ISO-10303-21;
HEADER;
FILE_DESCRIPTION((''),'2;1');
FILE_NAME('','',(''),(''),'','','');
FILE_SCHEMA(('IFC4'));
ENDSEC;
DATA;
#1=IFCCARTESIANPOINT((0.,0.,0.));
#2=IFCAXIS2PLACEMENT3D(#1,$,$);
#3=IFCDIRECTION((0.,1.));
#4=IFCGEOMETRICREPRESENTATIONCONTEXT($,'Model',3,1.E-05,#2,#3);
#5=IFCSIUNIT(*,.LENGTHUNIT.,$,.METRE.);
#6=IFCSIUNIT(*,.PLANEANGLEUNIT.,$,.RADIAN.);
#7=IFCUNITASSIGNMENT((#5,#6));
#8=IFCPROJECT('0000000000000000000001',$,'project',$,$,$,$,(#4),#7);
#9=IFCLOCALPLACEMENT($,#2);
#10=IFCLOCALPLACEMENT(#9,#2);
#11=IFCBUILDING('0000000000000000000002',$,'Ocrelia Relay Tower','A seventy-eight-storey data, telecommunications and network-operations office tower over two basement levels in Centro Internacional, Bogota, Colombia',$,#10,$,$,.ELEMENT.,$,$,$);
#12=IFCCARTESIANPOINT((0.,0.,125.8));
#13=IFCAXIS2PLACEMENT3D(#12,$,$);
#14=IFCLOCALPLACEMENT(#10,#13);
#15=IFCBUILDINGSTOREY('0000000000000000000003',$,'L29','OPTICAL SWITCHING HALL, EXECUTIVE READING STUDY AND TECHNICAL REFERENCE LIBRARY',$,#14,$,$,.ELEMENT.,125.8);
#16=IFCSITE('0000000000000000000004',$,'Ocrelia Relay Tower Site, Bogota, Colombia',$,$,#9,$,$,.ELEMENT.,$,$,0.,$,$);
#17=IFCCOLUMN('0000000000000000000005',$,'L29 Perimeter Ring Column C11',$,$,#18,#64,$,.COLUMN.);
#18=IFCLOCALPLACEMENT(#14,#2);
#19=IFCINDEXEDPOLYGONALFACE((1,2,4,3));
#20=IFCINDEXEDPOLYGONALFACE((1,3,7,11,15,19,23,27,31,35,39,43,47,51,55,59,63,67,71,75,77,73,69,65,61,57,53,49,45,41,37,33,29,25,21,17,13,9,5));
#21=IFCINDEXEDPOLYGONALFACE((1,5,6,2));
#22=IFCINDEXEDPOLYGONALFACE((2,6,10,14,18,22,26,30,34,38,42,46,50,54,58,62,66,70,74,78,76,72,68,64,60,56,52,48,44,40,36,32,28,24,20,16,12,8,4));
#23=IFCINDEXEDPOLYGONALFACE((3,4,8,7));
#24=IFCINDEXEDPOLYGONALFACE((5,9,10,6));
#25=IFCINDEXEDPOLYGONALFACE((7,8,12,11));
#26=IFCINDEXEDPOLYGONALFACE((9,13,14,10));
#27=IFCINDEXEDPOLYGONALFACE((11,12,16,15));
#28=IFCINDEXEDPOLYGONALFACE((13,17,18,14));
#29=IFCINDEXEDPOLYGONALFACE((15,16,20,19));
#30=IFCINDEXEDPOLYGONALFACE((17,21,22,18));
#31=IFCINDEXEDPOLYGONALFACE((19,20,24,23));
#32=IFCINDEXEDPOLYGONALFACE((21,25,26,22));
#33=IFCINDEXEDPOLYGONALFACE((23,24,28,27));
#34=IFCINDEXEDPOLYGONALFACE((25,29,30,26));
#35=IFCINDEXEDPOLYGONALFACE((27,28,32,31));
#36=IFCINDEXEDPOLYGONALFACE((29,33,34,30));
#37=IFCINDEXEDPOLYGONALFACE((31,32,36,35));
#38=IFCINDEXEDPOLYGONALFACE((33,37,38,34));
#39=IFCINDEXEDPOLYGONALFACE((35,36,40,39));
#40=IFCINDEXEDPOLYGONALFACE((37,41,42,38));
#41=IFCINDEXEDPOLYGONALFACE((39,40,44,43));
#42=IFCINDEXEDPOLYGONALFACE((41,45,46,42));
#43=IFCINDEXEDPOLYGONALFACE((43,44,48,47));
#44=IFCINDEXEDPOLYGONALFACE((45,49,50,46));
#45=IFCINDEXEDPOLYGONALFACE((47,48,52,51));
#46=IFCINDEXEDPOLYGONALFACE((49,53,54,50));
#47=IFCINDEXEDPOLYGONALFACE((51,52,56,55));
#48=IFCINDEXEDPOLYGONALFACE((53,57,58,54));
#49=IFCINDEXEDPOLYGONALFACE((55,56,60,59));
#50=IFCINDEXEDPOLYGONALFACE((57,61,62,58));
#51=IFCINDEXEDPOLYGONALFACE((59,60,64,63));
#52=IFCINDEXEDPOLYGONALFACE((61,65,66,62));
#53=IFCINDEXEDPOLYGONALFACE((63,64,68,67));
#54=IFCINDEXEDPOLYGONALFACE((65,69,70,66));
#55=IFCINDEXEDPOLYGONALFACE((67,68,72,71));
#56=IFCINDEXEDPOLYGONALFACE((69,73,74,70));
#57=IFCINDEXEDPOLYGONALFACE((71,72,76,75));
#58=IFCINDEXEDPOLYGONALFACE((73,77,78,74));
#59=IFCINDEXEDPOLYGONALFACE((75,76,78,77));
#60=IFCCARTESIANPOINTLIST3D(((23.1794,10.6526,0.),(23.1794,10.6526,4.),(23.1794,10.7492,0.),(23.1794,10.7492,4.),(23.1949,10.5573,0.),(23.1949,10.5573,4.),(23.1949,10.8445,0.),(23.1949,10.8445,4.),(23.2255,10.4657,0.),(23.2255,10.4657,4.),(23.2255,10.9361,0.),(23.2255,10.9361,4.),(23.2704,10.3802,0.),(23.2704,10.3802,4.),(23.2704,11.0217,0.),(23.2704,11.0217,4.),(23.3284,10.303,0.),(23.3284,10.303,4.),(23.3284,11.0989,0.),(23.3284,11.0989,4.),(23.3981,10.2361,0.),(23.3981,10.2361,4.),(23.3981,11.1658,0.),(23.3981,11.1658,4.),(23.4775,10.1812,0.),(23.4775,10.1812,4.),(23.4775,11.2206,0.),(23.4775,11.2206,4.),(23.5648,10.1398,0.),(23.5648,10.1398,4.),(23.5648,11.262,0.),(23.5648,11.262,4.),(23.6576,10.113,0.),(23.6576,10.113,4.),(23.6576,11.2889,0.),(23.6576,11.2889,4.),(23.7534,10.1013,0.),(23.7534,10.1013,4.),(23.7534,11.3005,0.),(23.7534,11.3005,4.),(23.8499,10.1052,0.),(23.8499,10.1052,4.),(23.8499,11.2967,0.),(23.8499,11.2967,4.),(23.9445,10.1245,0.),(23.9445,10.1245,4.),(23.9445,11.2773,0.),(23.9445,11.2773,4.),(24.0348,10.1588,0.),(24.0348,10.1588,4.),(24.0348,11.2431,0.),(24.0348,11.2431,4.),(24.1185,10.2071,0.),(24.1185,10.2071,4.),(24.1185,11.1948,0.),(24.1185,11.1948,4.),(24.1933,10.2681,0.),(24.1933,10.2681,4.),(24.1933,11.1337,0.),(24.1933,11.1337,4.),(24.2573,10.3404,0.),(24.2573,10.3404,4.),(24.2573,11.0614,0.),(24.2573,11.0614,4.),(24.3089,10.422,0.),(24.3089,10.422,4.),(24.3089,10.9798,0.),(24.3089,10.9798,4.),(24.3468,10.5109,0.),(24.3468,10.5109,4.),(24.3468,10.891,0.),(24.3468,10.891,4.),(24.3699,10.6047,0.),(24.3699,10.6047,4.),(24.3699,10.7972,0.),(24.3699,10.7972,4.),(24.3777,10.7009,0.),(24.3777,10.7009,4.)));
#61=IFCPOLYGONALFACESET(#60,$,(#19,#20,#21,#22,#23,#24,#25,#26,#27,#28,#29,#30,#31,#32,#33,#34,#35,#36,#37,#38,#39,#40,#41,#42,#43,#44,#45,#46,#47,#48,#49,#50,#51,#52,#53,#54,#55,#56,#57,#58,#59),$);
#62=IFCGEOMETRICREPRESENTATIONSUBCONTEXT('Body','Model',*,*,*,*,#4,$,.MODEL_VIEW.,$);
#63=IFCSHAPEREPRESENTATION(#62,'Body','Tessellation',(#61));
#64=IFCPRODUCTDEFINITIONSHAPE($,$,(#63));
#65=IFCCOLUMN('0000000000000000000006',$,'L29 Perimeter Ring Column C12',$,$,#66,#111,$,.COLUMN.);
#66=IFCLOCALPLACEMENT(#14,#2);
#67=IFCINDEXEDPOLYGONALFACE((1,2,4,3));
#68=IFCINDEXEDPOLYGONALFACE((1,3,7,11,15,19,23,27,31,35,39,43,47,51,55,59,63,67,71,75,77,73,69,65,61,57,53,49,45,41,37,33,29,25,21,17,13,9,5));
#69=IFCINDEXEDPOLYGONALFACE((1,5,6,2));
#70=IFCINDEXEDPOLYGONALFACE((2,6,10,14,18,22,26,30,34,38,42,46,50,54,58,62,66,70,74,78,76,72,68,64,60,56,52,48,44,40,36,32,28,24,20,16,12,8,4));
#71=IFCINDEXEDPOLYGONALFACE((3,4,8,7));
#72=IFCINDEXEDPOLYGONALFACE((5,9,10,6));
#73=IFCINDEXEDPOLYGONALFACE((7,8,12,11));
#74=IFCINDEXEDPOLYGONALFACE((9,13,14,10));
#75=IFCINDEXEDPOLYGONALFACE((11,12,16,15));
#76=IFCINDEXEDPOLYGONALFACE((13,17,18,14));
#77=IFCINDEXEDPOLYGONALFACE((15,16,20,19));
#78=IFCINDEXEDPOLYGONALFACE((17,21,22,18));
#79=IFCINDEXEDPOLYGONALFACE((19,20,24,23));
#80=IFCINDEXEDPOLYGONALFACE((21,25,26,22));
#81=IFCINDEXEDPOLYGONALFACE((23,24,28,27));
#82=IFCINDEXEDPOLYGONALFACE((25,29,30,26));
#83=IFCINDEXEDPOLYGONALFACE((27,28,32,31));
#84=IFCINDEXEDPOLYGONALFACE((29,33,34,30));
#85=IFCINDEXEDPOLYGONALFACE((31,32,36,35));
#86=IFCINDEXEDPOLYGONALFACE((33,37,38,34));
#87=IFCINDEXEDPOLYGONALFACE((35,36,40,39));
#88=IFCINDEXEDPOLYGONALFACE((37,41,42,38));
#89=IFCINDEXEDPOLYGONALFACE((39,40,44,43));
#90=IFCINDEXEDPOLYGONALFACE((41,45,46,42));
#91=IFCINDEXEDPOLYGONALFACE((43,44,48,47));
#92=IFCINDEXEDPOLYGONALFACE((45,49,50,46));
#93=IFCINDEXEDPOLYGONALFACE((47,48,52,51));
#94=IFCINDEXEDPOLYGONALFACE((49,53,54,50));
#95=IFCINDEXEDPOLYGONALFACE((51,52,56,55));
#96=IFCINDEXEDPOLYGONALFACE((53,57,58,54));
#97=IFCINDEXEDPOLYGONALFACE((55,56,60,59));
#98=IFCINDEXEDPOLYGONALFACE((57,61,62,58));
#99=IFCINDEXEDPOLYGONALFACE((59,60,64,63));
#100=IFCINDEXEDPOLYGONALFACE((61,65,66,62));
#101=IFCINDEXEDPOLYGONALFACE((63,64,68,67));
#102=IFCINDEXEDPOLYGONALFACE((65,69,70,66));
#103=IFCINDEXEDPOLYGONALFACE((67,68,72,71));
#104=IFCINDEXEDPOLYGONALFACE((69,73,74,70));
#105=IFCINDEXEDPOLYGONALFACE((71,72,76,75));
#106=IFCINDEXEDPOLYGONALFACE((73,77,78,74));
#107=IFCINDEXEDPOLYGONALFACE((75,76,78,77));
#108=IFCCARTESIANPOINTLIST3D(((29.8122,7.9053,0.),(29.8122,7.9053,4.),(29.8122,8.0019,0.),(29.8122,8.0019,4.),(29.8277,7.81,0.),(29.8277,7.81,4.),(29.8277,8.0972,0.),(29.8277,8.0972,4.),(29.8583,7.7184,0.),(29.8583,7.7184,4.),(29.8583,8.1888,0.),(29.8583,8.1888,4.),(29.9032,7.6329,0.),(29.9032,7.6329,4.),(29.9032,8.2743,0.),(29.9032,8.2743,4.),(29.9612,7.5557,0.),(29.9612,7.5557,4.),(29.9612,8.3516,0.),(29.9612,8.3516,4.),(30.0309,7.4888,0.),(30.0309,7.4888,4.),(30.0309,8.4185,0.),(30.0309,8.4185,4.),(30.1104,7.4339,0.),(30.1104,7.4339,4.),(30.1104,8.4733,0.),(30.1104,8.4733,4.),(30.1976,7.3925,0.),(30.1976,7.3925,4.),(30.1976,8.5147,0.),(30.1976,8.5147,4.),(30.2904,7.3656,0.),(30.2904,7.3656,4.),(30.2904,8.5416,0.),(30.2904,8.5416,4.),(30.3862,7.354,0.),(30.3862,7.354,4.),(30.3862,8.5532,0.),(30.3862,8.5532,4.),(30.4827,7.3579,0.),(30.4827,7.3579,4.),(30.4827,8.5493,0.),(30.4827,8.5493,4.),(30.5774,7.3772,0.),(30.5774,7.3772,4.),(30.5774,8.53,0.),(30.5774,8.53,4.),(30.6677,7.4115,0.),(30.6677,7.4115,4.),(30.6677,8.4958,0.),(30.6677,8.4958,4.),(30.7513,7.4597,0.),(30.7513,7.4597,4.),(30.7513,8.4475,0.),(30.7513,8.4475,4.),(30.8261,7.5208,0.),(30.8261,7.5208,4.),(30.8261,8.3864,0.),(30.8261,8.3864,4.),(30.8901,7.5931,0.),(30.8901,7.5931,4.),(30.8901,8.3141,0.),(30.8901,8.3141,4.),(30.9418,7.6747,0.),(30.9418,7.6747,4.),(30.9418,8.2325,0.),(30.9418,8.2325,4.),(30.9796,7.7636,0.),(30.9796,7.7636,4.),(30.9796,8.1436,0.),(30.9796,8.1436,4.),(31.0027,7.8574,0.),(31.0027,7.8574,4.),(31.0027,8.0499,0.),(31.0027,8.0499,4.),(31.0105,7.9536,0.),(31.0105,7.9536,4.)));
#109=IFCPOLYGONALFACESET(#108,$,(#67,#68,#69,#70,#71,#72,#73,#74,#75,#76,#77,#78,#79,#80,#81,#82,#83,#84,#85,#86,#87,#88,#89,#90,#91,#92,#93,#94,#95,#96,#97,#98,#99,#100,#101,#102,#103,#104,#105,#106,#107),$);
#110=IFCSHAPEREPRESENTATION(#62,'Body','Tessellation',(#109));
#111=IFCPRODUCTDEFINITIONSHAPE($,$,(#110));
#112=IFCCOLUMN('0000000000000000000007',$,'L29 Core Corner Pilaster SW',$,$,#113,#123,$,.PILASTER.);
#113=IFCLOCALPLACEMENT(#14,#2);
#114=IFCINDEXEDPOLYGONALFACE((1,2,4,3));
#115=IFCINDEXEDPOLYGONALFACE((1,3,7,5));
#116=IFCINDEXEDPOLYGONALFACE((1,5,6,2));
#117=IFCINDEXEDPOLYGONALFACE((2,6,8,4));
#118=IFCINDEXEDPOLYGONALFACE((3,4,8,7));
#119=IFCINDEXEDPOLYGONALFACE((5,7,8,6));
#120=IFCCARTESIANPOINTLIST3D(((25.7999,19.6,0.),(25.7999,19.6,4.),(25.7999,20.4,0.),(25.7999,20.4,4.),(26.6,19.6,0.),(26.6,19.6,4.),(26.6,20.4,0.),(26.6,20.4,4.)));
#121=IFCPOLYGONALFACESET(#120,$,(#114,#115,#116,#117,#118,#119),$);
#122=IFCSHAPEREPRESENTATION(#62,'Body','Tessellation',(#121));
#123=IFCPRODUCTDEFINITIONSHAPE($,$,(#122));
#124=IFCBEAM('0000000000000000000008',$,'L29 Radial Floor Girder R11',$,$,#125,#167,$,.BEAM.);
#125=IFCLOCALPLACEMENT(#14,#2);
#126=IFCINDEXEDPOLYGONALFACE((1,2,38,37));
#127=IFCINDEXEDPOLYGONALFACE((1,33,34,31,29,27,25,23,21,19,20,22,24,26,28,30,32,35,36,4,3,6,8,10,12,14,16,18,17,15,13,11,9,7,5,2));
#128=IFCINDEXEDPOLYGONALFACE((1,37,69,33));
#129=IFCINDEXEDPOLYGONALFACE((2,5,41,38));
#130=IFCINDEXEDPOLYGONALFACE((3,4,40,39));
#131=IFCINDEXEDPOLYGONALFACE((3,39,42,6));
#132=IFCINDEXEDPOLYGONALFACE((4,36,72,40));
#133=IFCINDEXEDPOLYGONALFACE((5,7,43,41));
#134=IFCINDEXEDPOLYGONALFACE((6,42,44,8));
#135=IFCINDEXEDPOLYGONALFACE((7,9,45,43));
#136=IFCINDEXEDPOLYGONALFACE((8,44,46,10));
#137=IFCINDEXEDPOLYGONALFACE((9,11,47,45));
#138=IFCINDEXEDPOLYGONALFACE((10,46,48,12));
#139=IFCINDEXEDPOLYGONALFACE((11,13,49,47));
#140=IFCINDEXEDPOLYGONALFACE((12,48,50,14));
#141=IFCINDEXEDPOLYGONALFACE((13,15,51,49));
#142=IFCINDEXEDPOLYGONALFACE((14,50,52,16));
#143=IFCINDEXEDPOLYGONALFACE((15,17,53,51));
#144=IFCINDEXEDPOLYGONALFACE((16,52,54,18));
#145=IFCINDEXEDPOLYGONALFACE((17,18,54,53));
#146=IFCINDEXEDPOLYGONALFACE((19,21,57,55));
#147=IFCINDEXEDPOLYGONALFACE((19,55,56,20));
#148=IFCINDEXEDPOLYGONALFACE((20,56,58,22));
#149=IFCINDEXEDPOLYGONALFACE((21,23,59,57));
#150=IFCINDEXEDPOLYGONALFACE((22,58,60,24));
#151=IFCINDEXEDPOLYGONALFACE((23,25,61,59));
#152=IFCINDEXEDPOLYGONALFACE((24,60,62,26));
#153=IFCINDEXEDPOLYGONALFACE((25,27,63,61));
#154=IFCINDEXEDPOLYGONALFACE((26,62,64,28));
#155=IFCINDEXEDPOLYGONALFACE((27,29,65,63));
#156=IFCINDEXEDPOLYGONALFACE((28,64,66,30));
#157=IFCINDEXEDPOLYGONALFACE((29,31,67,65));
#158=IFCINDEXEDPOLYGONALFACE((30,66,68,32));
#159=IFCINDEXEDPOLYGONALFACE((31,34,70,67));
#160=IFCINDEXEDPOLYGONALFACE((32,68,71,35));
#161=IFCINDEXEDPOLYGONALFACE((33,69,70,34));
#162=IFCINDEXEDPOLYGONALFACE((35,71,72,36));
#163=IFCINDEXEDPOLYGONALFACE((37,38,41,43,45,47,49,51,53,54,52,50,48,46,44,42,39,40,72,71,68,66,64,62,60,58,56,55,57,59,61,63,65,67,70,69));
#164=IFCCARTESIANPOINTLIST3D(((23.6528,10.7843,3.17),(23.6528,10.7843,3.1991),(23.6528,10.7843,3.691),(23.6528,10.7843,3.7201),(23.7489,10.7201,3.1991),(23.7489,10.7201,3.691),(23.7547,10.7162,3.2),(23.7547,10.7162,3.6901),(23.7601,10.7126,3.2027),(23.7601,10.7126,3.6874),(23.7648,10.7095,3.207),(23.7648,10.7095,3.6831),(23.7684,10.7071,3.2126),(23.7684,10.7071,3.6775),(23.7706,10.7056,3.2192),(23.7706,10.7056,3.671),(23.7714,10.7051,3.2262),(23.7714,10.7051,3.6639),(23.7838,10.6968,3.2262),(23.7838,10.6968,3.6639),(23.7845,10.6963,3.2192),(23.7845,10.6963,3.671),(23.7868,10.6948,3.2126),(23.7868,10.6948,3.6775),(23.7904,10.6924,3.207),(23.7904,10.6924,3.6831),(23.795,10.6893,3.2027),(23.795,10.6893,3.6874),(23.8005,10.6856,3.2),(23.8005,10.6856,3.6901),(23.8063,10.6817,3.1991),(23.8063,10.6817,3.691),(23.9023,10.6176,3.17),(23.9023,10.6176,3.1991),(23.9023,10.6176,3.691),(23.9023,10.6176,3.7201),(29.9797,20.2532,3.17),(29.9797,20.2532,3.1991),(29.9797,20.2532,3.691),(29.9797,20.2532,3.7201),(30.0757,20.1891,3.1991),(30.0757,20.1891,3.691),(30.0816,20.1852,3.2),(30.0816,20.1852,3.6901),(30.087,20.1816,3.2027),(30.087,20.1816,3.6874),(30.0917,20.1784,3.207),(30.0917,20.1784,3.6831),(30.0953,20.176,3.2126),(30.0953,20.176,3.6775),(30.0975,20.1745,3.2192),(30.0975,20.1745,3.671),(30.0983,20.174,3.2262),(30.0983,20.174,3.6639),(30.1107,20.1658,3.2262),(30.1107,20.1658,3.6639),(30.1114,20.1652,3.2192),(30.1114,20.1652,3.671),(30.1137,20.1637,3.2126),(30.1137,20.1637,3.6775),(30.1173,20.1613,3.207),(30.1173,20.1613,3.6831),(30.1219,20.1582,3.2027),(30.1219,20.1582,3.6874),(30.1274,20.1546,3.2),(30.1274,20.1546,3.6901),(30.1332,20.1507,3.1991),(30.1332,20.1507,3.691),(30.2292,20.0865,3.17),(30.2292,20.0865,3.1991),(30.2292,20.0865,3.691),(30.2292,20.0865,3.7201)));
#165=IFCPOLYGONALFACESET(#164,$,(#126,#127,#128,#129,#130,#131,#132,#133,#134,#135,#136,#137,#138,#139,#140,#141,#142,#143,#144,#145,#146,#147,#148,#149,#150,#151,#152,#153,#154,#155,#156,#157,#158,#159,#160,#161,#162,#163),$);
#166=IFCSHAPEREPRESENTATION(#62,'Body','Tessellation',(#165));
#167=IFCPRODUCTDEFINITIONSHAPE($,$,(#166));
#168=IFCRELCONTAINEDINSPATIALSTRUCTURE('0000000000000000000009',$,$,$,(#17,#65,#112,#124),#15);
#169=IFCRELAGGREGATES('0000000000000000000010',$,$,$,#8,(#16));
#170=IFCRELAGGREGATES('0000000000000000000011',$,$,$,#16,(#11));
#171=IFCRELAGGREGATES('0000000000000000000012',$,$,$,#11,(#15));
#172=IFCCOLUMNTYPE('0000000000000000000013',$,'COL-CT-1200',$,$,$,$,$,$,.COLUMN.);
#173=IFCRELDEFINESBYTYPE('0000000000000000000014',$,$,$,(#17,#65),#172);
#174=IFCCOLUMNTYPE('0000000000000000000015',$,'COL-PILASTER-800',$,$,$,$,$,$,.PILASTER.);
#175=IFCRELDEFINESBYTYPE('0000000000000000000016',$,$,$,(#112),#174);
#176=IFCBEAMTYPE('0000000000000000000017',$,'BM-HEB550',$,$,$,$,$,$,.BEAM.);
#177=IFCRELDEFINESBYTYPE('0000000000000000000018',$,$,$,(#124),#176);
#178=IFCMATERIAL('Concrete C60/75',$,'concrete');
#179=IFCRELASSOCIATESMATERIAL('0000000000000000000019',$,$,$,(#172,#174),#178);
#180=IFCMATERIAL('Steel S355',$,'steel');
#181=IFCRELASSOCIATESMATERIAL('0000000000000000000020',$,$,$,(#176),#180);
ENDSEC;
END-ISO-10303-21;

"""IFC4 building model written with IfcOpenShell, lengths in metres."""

from ifc_helpers import new_model, si_unit, direction, frame, origin, origin_2d, place, context, subcontext, project, spatial, rectangle, circle, i_section, extrude, material, material_profile, profile_set, type_object, element, save


model = new_model("IFC4")

# Units and contexts
model_context = context("Model", 3, precision=1e-05, world=origin(), true_north=direction((0.0, 1.0)))
body_context = subcontext(model_context, "Body", "Model", "MODEL_VIEW")
ifc_project = project(units=[si_unit("LENGTHUNIT", "METRE"), si_unit("PLANEANGLEUNIT", "RADIAN")], contexts=[model_context])

# Site, building, storey
site_placement = place(None, origin())
site = spatial("IfcSite", under=ifc_project, at=site_placement, Name="Ocrelia Relay Tower Site, Bogota, Colombia", CompositionType="ELEMENT", RefElevation=0.0)
building_placement = place(site_placement, origin())
building = spatial("IfcBuilding", under=site, at=building_placement, Name="Ocrelia Relay Tower", Description="A seventy-eight-storey data, telecommunications and network-operations office tower over two basement levels in Centro Internacional, Bogota, Colombia", CompositionType="ELEMENT")
storey_placement = place(building_placement, frame((0.0, 0.0, 125.8)))
storey = spatial("IfcBuildingStorey", under=building, at=storey_placement, Name="L29", Description="OPTICAL SWITCHING HALL, EXECUTIVE READING STUDY AND TECHNICAL REFERENCE LIBRARY", CompositionType="ELEMENT", Elevation=125.8)

# Columns
ifc_material_1 = material(Name="Concrete C60/75", Category="concrete")
ifc_material_profile_1 = material_profile(ifc_material_1, circle(Radius=0.6001, at=origin_2d()), Name="RC-CIR-1200")
ifc_profile_set_1 = profile_set([ifc_material_profile_1], Name="Concrete C60/75")
column_type_1 = type_object("IfcColumnType", Name="COL-CT-1200", PredefinedType="COLUMN", material=ifc_profile_set_1)
for number, where, z_axis, x_axis, name in (
    (1, (23.7776, 10.7009, 0.0), (0.0, 0.0, 1.0), (1.0, 0.0, 0.0), "L29 Perimeter Ring Column C11"),
    (2, (30.4104, 7.9536, 0.0), (0.0, 0.0, 1.0), (1.0, 0.0, 0.0), "L29 Perimeter Ring Column C12"),
):
    element("IfcColumn", number, at=place(storey_placement, frame(where, z_axis=z_axis, x_axis=x_axis)), inside=storey, type_object=column_type_1, Name=name, PredefinedType="COLUMN", context=body_context, shape_type="SweptSolid", body=[
        extrude(circle(Radius=0.6001, at=origin_2d()), origin(), (0.0, 0.0, 1.0), 4.0),
    ])
ifc_material_profile_2 = material_profile(ifc_material_1, rectangle(XDim=0.8, YDim=0.8, at=origin_2d()), Name="RC-COL-800x800")
ifc_profile_set_2 = profile_set([ifc_material_profile_2], Name="Concrete C60/75")
column_type_2 = type_object("IfcColumnType", Name="COL-PILASTER-800", PredefinedType="PILASTER", material=ifc_profile_set_2)
column_placement = place(storey_placement, frame((26.2, 20.0, 0.0), z_axis=(0.0, 0.0, 1.0), x_axis=(1.0, 0.0, 0.0)))
element("IfcColumn", 3, at=column_placement, inside=storey, type_object=column_type_2, Name="L29 Core Corner Pilaster SW", PredefinedType="PILASTER", context=body_context, shape_type="SweptSolid", body=[
    extrude(rectangle(XDim=0.8, YDim=0.8, at=origin_2d()), origin(), (0.0, 0.0, 1.0), 4.0),
])

# Beam
ifc_material_2 = material(Name="Steel S355", Category="steel")
ifc_material_profile_3 = material_profile(ifc_material_2, i_section(OverallWidth=0.3, OverallDepth=0.55, WebThickness=0.0149, FlangeThickness=0.0291, FilletRadius=0.0271, at=origin_2d()), Name="HEB 550")
ifc_profile_set_3 = profile_set([ifc_material_profile_3], Name="Steel S355")
beam_type_1 = type_object("IfcBeamType", Name="BM-HEB550", PredefinedType="BEAM", material=ifc_profile_set_3)
beam_1_placement = place(storey_placement, frame((23.7776, 10.7009, 3.4451), z_axis=(0.555566, 0.831473, 0.0), x_axis=(-0.831473, 0.555566, 0.0)))
element("IfcBeam", 4, at=beam_1_placement, inside=storey, type_object=beam_type_1, Name="L29 Radial Floor Girder R11", PredefinedType="BEAM", context=body_context, shape_type="SweptSolid", body=[
    extrude(i_section(OverallWidth=0.3, OverallDepth=0.55, WebThickness=0.0149, FlangeThickness=0.0291, FilletRadius=0.0271, at=origin_2d()), origin(), (0.0, 0.0, 1.0), 11.3882),
])

save(model, "model.ifc")
